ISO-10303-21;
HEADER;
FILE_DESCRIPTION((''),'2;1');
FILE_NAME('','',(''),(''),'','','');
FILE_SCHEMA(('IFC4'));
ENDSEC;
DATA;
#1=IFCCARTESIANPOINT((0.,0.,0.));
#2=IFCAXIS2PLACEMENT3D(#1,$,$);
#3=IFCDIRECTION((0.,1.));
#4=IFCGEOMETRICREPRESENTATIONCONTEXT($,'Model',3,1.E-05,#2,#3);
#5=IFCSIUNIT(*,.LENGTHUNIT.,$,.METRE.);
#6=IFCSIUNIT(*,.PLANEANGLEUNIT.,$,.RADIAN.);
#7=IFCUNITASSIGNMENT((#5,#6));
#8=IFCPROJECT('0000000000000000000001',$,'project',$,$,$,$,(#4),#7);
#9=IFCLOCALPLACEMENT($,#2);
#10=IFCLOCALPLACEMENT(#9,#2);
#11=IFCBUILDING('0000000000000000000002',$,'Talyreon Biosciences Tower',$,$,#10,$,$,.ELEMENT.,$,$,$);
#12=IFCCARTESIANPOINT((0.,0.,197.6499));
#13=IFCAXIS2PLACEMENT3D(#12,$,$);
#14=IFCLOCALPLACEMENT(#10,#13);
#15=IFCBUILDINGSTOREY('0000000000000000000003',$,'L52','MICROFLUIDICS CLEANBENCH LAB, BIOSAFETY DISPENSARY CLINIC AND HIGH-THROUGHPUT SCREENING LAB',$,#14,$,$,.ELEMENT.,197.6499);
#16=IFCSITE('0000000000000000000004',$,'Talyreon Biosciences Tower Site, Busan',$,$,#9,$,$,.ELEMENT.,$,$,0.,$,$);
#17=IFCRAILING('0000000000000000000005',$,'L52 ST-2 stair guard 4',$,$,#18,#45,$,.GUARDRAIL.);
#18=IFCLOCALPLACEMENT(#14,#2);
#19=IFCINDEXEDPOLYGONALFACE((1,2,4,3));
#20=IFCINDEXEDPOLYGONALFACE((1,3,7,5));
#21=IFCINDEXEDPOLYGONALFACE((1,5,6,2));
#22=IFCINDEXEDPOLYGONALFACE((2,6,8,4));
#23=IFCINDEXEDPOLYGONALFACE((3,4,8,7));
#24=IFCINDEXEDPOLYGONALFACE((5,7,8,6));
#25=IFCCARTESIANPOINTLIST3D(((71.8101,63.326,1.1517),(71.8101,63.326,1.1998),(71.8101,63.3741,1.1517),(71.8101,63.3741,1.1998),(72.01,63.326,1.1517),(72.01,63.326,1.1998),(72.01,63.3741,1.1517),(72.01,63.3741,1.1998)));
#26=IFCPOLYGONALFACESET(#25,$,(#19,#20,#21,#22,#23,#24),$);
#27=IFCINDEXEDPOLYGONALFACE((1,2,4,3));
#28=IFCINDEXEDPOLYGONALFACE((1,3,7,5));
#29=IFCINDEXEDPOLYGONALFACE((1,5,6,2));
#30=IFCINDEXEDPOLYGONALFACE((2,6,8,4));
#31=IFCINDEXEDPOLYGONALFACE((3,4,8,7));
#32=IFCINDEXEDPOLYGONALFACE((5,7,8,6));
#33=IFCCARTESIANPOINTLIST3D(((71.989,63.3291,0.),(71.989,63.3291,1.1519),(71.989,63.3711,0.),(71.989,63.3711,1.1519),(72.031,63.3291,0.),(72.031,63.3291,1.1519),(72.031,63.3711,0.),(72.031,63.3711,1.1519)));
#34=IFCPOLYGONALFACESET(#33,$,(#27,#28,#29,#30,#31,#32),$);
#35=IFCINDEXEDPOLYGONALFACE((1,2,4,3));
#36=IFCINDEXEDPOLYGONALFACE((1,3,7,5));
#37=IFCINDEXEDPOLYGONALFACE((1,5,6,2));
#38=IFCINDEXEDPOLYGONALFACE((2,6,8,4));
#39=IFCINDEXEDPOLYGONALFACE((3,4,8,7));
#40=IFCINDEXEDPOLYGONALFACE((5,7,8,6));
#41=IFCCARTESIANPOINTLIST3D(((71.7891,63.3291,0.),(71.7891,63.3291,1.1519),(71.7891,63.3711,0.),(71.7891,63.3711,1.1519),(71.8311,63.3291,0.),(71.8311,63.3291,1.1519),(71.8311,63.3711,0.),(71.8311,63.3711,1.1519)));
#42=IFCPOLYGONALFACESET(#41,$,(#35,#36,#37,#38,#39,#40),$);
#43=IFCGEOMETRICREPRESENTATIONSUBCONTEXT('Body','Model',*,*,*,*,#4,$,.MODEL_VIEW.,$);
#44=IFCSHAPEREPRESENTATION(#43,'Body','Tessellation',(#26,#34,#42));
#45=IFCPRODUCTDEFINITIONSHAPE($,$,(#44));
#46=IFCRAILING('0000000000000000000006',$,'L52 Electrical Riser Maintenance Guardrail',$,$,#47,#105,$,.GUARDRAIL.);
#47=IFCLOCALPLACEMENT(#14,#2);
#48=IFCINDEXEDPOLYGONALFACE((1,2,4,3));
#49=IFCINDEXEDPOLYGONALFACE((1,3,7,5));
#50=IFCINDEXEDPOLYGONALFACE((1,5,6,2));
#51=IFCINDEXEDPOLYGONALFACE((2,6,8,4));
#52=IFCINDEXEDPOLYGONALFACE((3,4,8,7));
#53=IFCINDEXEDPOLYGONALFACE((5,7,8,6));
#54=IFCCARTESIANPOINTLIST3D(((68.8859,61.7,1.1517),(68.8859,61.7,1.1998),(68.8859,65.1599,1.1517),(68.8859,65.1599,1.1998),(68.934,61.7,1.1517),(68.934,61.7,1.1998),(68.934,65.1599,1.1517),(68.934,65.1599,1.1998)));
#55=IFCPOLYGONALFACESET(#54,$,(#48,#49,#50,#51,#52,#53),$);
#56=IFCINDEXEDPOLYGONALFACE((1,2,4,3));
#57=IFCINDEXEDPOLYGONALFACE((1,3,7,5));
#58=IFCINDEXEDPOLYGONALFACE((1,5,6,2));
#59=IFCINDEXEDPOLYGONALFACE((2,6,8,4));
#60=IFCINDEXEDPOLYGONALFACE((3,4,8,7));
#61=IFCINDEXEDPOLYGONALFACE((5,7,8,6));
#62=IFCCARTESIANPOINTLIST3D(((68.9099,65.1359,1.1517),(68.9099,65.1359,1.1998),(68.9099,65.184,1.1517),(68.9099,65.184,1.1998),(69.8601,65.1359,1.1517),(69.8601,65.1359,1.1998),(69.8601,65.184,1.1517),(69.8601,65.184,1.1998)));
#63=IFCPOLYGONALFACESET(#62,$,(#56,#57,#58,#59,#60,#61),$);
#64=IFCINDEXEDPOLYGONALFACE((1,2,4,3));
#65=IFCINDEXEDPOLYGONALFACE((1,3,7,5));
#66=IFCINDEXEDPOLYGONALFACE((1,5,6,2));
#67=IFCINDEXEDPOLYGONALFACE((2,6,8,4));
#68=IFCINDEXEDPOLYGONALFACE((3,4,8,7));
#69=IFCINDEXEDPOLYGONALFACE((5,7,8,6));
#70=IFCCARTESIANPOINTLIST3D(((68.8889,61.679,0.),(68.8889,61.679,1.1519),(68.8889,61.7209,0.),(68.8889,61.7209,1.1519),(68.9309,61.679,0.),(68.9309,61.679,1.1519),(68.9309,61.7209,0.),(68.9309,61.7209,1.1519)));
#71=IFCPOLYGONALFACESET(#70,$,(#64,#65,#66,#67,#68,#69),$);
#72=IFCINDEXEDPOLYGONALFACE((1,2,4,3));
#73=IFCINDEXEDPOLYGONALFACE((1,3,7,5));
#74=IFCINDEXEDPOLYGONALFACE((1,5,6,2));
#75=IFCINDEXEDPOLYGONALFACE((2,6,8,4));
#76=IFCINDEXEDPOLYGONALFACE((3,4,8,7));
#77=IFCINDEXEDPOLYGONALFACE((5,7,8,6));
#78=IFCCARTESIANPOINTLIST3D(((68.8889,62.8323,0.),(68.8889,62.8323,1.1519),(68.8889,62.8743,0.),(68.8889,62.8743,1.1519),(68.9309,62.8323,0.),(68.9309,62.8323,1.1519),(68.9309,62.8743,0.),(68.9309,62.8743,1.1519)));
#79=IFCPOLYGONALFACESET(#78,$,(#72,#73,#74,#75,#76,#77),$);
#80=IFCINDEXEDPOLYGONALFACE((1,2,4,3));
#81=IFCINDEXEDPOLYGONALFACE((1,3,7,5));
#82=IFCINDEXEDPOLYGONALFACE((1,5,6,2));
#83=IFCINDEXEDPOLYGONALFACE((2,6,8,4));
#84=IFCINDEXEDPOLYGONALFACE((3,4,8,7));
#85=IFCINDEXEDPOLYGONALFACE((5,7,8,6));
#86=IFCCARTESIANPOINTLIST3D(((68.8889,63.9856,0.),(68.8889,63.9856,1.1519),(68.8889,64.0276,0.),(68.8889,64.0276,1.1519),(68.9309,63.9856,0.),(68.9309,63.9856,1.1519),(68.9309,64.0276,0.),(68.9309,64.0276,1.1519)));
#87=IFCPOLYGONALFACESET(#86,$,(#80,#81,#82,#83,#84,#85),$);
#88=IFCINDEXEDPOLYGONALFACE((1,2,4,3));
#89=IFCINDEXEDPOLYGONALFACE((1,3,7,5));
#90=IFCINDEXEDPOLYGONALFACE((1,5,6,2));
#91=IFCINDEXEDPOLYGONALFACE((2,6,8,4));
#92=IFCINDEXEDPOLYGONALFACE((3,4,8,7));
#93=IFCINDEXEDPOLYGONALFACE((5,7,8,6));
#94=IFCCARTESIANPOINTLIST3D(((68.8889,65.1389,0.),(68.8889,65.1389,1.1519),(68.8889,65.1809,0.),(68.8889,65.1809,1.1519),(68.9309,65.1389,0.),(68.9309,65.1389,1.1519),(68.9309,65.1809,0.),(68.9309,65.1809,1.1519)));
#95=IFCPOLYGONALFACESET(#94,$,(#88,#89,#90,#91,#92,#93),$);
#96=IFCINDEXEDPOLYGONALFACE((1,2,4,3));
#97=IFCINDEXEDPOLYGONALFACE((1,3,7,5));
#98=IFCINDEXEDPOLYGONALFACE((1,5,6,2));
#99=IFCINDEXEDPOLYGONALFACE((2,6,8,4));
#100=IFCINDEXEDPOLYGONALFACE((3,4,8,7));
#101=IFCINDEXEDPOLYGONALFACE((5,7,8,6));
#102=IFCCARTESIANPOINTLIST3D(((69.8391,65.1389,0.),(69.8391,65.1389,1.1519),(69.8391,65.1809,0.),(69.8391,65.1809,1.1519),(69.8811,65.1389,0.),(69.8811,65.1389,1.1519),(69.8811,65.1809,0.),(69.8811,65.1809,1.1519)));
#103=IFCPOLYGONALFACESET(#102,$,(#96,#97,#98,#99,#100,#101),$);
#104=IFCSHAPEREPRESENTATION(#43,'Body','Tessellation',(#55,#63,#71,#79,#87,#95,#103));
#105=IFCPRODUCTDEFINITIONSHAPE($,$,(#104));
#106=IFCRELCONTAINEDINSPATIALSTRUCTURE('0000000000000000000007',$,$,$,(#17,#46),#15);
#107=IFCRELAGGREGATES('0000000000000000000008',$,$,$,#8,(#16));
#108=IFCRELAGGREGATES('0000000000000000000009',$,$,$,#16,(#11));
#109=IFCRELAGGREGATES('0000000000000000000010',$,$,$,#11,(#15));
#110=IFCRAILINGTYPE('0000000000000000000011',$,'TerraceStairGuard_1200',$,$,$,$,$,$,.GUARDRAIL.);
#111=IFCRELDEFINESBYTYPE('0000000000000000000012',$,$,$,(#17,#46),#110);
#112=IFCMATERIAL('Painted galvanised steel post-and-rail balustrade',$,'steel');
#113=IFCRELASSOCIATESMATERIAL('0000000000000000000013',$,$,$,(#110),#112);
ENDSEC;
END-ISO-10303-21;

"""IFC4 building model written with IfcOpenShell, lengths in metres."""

from ifc_helpers import new_model, si_unit, direction, frame, origin, origin_2d, place, context, subcontext, project, spatial, rectangle, extrude, material, type_object, element, save


model = new_model("IFC4")

# Units and contexts
model_context = context("Model", 3, precision=1e-05, world=origin(), true_north=direction((0.0, 1.0)))
body_context = subcontext(model_context, "Body", "Model", "MODEL_VIEW")
ifc_project = project(units=[si_unit("LENGTHUNIT", "METRE"), si_unit("PLANEANGLEUNIT", "RADIAN")], contexts=[model_context])

# Site, building, storey
site_placement = place(None, origin())
site = spatial("IfcSite", under=ifc_project, at=site_placement, Name="Talyreon Biosciences Tower Site, Busan", CompositionType="ELEMENT", RefElevation=0.0)
building_placement = place(site_placement, origin())
building = spatial("IfcBuilding", under=site, at=building_placement, Name="Talyreon Biosciences Tower", CompositionType="ELEMENT")
storey_placement = place(building_placement, frame((0.0, 0.0, 197.6499)))
storey = spatial("IfcBuildingStorey", under=building, at=storey_placement, Name="L52", Description="MICROFLUIDICS CLEANBENCH LAB, BIOSAFETY DISPENSARY CLINIC AND HIGH-THROUGHPUT SCREENING LAB", CompositionType="ELEMENT", Elevation=197.6499)

# Railings
ifc_material_1 = material(Name="Painted galvanised steel post-and-rail balustrade", Category="steel")
railing_type_1 = type_object("IfcRailingType", Name="TerraceStairGuard_1200", PredefinedType="GUARDRAIL", material=ifc_material_1)
railing_1_placement = place(storey_placement, frame((72.01, 63.3501, 0.0)))
element("IfcRailing", 1, at=railing_1_placement, inside=storey, type_object=railing_type_1, Name="L52 ST-2 stair guard 4", PredefinedType="GUARDRAIL", context=body_context, shape_type="SweptSolid", body=[
    extrude(rectangle(XDim=0.0481, YDim=0.0481, at=origin_2d()), frame((0.0, 0.0, 1.1758), z_axis=(-1.0, 0.0, 0.0), x_axis=(0.0, -1.0, 0.0)), (0.0, 0.0, 1.0), 0.2),
    extrude(rectangle(XDim=0.042, YDim=0.042, at=origin_2d()), origin(), (0.0, 0.0, 1.0), 1.1519),
    extrude(rectangle(XDim=0.042, YDim=0.042, at=origin_2d()), frame((-0.2, 0.0, 0.0)), (0.0, 0.0, 1.0), 1.1519),
])
railing_2_placement = place(storey_placement, frame((68.9099, 61.7, 0.0)))
element("IfcRailing", 2, at=railing_2_placement, inside=storey, type_object=railing_type_1, Name="L52 Electrical Riser Maintenance Guardrail", PredefinedType="GUARDRAIL", context=body_context, shape_type="SweptSolid", body=[
    extrude(rectangle(XDim=0.0481, YDim=0.0481, at=origin_2d()), frame((0.0, 0.0, 1.1758), z_axis=(0.0, 1.0, 0.0), x_axis=(-1.0, 0.0, 0.0)), (0.0, 0.0, 1.0), 3.46),
    extrude(rectangle(XDim=0.0481, YDim=0.0481, at=origin_2d()), frame((0.0, 3.46, 1.1758), z_axis=(1.0, 0.0, 0.0), x_axis=(0.0, 1.0, 0.0)), (0.0, 0.0, 1.0), 0.9502),
    extrude(rectangle(XDim=0.042, YDim=0.042, at=origin_2d()), origin(), (0.0, 0.0, 1.0), 1.1519),
    extrude(rectangle(XDim=0.042, YDim=0.042, at=origin_2d()), frame((0.0, 1.1533, 0.0)), (0.0, 0.0, 1.0), 1.1519),
    extrude(rectangle(XDim=0.042, YDim=0.042, at=origin_2d()), frame((0.0, 2.3066, 0.0)), (0.0, 0.0, 1.0), 1.1519),
    extrude(rectangle(XDim=0.042, YDim=0.042, at=origin_2d()), frame((0.0, 3.46, 0.0)), (0.0, 0.0, 1.0), 1.1519),
    extrude(rectangle(XDim=0.042, YDim=0.042, at=origin_2d()), frame((0.9502, 3.46, 0.0)), (0.0, 0.0, 1.0), 1.1519),
])

save(model, "model.ifc")
